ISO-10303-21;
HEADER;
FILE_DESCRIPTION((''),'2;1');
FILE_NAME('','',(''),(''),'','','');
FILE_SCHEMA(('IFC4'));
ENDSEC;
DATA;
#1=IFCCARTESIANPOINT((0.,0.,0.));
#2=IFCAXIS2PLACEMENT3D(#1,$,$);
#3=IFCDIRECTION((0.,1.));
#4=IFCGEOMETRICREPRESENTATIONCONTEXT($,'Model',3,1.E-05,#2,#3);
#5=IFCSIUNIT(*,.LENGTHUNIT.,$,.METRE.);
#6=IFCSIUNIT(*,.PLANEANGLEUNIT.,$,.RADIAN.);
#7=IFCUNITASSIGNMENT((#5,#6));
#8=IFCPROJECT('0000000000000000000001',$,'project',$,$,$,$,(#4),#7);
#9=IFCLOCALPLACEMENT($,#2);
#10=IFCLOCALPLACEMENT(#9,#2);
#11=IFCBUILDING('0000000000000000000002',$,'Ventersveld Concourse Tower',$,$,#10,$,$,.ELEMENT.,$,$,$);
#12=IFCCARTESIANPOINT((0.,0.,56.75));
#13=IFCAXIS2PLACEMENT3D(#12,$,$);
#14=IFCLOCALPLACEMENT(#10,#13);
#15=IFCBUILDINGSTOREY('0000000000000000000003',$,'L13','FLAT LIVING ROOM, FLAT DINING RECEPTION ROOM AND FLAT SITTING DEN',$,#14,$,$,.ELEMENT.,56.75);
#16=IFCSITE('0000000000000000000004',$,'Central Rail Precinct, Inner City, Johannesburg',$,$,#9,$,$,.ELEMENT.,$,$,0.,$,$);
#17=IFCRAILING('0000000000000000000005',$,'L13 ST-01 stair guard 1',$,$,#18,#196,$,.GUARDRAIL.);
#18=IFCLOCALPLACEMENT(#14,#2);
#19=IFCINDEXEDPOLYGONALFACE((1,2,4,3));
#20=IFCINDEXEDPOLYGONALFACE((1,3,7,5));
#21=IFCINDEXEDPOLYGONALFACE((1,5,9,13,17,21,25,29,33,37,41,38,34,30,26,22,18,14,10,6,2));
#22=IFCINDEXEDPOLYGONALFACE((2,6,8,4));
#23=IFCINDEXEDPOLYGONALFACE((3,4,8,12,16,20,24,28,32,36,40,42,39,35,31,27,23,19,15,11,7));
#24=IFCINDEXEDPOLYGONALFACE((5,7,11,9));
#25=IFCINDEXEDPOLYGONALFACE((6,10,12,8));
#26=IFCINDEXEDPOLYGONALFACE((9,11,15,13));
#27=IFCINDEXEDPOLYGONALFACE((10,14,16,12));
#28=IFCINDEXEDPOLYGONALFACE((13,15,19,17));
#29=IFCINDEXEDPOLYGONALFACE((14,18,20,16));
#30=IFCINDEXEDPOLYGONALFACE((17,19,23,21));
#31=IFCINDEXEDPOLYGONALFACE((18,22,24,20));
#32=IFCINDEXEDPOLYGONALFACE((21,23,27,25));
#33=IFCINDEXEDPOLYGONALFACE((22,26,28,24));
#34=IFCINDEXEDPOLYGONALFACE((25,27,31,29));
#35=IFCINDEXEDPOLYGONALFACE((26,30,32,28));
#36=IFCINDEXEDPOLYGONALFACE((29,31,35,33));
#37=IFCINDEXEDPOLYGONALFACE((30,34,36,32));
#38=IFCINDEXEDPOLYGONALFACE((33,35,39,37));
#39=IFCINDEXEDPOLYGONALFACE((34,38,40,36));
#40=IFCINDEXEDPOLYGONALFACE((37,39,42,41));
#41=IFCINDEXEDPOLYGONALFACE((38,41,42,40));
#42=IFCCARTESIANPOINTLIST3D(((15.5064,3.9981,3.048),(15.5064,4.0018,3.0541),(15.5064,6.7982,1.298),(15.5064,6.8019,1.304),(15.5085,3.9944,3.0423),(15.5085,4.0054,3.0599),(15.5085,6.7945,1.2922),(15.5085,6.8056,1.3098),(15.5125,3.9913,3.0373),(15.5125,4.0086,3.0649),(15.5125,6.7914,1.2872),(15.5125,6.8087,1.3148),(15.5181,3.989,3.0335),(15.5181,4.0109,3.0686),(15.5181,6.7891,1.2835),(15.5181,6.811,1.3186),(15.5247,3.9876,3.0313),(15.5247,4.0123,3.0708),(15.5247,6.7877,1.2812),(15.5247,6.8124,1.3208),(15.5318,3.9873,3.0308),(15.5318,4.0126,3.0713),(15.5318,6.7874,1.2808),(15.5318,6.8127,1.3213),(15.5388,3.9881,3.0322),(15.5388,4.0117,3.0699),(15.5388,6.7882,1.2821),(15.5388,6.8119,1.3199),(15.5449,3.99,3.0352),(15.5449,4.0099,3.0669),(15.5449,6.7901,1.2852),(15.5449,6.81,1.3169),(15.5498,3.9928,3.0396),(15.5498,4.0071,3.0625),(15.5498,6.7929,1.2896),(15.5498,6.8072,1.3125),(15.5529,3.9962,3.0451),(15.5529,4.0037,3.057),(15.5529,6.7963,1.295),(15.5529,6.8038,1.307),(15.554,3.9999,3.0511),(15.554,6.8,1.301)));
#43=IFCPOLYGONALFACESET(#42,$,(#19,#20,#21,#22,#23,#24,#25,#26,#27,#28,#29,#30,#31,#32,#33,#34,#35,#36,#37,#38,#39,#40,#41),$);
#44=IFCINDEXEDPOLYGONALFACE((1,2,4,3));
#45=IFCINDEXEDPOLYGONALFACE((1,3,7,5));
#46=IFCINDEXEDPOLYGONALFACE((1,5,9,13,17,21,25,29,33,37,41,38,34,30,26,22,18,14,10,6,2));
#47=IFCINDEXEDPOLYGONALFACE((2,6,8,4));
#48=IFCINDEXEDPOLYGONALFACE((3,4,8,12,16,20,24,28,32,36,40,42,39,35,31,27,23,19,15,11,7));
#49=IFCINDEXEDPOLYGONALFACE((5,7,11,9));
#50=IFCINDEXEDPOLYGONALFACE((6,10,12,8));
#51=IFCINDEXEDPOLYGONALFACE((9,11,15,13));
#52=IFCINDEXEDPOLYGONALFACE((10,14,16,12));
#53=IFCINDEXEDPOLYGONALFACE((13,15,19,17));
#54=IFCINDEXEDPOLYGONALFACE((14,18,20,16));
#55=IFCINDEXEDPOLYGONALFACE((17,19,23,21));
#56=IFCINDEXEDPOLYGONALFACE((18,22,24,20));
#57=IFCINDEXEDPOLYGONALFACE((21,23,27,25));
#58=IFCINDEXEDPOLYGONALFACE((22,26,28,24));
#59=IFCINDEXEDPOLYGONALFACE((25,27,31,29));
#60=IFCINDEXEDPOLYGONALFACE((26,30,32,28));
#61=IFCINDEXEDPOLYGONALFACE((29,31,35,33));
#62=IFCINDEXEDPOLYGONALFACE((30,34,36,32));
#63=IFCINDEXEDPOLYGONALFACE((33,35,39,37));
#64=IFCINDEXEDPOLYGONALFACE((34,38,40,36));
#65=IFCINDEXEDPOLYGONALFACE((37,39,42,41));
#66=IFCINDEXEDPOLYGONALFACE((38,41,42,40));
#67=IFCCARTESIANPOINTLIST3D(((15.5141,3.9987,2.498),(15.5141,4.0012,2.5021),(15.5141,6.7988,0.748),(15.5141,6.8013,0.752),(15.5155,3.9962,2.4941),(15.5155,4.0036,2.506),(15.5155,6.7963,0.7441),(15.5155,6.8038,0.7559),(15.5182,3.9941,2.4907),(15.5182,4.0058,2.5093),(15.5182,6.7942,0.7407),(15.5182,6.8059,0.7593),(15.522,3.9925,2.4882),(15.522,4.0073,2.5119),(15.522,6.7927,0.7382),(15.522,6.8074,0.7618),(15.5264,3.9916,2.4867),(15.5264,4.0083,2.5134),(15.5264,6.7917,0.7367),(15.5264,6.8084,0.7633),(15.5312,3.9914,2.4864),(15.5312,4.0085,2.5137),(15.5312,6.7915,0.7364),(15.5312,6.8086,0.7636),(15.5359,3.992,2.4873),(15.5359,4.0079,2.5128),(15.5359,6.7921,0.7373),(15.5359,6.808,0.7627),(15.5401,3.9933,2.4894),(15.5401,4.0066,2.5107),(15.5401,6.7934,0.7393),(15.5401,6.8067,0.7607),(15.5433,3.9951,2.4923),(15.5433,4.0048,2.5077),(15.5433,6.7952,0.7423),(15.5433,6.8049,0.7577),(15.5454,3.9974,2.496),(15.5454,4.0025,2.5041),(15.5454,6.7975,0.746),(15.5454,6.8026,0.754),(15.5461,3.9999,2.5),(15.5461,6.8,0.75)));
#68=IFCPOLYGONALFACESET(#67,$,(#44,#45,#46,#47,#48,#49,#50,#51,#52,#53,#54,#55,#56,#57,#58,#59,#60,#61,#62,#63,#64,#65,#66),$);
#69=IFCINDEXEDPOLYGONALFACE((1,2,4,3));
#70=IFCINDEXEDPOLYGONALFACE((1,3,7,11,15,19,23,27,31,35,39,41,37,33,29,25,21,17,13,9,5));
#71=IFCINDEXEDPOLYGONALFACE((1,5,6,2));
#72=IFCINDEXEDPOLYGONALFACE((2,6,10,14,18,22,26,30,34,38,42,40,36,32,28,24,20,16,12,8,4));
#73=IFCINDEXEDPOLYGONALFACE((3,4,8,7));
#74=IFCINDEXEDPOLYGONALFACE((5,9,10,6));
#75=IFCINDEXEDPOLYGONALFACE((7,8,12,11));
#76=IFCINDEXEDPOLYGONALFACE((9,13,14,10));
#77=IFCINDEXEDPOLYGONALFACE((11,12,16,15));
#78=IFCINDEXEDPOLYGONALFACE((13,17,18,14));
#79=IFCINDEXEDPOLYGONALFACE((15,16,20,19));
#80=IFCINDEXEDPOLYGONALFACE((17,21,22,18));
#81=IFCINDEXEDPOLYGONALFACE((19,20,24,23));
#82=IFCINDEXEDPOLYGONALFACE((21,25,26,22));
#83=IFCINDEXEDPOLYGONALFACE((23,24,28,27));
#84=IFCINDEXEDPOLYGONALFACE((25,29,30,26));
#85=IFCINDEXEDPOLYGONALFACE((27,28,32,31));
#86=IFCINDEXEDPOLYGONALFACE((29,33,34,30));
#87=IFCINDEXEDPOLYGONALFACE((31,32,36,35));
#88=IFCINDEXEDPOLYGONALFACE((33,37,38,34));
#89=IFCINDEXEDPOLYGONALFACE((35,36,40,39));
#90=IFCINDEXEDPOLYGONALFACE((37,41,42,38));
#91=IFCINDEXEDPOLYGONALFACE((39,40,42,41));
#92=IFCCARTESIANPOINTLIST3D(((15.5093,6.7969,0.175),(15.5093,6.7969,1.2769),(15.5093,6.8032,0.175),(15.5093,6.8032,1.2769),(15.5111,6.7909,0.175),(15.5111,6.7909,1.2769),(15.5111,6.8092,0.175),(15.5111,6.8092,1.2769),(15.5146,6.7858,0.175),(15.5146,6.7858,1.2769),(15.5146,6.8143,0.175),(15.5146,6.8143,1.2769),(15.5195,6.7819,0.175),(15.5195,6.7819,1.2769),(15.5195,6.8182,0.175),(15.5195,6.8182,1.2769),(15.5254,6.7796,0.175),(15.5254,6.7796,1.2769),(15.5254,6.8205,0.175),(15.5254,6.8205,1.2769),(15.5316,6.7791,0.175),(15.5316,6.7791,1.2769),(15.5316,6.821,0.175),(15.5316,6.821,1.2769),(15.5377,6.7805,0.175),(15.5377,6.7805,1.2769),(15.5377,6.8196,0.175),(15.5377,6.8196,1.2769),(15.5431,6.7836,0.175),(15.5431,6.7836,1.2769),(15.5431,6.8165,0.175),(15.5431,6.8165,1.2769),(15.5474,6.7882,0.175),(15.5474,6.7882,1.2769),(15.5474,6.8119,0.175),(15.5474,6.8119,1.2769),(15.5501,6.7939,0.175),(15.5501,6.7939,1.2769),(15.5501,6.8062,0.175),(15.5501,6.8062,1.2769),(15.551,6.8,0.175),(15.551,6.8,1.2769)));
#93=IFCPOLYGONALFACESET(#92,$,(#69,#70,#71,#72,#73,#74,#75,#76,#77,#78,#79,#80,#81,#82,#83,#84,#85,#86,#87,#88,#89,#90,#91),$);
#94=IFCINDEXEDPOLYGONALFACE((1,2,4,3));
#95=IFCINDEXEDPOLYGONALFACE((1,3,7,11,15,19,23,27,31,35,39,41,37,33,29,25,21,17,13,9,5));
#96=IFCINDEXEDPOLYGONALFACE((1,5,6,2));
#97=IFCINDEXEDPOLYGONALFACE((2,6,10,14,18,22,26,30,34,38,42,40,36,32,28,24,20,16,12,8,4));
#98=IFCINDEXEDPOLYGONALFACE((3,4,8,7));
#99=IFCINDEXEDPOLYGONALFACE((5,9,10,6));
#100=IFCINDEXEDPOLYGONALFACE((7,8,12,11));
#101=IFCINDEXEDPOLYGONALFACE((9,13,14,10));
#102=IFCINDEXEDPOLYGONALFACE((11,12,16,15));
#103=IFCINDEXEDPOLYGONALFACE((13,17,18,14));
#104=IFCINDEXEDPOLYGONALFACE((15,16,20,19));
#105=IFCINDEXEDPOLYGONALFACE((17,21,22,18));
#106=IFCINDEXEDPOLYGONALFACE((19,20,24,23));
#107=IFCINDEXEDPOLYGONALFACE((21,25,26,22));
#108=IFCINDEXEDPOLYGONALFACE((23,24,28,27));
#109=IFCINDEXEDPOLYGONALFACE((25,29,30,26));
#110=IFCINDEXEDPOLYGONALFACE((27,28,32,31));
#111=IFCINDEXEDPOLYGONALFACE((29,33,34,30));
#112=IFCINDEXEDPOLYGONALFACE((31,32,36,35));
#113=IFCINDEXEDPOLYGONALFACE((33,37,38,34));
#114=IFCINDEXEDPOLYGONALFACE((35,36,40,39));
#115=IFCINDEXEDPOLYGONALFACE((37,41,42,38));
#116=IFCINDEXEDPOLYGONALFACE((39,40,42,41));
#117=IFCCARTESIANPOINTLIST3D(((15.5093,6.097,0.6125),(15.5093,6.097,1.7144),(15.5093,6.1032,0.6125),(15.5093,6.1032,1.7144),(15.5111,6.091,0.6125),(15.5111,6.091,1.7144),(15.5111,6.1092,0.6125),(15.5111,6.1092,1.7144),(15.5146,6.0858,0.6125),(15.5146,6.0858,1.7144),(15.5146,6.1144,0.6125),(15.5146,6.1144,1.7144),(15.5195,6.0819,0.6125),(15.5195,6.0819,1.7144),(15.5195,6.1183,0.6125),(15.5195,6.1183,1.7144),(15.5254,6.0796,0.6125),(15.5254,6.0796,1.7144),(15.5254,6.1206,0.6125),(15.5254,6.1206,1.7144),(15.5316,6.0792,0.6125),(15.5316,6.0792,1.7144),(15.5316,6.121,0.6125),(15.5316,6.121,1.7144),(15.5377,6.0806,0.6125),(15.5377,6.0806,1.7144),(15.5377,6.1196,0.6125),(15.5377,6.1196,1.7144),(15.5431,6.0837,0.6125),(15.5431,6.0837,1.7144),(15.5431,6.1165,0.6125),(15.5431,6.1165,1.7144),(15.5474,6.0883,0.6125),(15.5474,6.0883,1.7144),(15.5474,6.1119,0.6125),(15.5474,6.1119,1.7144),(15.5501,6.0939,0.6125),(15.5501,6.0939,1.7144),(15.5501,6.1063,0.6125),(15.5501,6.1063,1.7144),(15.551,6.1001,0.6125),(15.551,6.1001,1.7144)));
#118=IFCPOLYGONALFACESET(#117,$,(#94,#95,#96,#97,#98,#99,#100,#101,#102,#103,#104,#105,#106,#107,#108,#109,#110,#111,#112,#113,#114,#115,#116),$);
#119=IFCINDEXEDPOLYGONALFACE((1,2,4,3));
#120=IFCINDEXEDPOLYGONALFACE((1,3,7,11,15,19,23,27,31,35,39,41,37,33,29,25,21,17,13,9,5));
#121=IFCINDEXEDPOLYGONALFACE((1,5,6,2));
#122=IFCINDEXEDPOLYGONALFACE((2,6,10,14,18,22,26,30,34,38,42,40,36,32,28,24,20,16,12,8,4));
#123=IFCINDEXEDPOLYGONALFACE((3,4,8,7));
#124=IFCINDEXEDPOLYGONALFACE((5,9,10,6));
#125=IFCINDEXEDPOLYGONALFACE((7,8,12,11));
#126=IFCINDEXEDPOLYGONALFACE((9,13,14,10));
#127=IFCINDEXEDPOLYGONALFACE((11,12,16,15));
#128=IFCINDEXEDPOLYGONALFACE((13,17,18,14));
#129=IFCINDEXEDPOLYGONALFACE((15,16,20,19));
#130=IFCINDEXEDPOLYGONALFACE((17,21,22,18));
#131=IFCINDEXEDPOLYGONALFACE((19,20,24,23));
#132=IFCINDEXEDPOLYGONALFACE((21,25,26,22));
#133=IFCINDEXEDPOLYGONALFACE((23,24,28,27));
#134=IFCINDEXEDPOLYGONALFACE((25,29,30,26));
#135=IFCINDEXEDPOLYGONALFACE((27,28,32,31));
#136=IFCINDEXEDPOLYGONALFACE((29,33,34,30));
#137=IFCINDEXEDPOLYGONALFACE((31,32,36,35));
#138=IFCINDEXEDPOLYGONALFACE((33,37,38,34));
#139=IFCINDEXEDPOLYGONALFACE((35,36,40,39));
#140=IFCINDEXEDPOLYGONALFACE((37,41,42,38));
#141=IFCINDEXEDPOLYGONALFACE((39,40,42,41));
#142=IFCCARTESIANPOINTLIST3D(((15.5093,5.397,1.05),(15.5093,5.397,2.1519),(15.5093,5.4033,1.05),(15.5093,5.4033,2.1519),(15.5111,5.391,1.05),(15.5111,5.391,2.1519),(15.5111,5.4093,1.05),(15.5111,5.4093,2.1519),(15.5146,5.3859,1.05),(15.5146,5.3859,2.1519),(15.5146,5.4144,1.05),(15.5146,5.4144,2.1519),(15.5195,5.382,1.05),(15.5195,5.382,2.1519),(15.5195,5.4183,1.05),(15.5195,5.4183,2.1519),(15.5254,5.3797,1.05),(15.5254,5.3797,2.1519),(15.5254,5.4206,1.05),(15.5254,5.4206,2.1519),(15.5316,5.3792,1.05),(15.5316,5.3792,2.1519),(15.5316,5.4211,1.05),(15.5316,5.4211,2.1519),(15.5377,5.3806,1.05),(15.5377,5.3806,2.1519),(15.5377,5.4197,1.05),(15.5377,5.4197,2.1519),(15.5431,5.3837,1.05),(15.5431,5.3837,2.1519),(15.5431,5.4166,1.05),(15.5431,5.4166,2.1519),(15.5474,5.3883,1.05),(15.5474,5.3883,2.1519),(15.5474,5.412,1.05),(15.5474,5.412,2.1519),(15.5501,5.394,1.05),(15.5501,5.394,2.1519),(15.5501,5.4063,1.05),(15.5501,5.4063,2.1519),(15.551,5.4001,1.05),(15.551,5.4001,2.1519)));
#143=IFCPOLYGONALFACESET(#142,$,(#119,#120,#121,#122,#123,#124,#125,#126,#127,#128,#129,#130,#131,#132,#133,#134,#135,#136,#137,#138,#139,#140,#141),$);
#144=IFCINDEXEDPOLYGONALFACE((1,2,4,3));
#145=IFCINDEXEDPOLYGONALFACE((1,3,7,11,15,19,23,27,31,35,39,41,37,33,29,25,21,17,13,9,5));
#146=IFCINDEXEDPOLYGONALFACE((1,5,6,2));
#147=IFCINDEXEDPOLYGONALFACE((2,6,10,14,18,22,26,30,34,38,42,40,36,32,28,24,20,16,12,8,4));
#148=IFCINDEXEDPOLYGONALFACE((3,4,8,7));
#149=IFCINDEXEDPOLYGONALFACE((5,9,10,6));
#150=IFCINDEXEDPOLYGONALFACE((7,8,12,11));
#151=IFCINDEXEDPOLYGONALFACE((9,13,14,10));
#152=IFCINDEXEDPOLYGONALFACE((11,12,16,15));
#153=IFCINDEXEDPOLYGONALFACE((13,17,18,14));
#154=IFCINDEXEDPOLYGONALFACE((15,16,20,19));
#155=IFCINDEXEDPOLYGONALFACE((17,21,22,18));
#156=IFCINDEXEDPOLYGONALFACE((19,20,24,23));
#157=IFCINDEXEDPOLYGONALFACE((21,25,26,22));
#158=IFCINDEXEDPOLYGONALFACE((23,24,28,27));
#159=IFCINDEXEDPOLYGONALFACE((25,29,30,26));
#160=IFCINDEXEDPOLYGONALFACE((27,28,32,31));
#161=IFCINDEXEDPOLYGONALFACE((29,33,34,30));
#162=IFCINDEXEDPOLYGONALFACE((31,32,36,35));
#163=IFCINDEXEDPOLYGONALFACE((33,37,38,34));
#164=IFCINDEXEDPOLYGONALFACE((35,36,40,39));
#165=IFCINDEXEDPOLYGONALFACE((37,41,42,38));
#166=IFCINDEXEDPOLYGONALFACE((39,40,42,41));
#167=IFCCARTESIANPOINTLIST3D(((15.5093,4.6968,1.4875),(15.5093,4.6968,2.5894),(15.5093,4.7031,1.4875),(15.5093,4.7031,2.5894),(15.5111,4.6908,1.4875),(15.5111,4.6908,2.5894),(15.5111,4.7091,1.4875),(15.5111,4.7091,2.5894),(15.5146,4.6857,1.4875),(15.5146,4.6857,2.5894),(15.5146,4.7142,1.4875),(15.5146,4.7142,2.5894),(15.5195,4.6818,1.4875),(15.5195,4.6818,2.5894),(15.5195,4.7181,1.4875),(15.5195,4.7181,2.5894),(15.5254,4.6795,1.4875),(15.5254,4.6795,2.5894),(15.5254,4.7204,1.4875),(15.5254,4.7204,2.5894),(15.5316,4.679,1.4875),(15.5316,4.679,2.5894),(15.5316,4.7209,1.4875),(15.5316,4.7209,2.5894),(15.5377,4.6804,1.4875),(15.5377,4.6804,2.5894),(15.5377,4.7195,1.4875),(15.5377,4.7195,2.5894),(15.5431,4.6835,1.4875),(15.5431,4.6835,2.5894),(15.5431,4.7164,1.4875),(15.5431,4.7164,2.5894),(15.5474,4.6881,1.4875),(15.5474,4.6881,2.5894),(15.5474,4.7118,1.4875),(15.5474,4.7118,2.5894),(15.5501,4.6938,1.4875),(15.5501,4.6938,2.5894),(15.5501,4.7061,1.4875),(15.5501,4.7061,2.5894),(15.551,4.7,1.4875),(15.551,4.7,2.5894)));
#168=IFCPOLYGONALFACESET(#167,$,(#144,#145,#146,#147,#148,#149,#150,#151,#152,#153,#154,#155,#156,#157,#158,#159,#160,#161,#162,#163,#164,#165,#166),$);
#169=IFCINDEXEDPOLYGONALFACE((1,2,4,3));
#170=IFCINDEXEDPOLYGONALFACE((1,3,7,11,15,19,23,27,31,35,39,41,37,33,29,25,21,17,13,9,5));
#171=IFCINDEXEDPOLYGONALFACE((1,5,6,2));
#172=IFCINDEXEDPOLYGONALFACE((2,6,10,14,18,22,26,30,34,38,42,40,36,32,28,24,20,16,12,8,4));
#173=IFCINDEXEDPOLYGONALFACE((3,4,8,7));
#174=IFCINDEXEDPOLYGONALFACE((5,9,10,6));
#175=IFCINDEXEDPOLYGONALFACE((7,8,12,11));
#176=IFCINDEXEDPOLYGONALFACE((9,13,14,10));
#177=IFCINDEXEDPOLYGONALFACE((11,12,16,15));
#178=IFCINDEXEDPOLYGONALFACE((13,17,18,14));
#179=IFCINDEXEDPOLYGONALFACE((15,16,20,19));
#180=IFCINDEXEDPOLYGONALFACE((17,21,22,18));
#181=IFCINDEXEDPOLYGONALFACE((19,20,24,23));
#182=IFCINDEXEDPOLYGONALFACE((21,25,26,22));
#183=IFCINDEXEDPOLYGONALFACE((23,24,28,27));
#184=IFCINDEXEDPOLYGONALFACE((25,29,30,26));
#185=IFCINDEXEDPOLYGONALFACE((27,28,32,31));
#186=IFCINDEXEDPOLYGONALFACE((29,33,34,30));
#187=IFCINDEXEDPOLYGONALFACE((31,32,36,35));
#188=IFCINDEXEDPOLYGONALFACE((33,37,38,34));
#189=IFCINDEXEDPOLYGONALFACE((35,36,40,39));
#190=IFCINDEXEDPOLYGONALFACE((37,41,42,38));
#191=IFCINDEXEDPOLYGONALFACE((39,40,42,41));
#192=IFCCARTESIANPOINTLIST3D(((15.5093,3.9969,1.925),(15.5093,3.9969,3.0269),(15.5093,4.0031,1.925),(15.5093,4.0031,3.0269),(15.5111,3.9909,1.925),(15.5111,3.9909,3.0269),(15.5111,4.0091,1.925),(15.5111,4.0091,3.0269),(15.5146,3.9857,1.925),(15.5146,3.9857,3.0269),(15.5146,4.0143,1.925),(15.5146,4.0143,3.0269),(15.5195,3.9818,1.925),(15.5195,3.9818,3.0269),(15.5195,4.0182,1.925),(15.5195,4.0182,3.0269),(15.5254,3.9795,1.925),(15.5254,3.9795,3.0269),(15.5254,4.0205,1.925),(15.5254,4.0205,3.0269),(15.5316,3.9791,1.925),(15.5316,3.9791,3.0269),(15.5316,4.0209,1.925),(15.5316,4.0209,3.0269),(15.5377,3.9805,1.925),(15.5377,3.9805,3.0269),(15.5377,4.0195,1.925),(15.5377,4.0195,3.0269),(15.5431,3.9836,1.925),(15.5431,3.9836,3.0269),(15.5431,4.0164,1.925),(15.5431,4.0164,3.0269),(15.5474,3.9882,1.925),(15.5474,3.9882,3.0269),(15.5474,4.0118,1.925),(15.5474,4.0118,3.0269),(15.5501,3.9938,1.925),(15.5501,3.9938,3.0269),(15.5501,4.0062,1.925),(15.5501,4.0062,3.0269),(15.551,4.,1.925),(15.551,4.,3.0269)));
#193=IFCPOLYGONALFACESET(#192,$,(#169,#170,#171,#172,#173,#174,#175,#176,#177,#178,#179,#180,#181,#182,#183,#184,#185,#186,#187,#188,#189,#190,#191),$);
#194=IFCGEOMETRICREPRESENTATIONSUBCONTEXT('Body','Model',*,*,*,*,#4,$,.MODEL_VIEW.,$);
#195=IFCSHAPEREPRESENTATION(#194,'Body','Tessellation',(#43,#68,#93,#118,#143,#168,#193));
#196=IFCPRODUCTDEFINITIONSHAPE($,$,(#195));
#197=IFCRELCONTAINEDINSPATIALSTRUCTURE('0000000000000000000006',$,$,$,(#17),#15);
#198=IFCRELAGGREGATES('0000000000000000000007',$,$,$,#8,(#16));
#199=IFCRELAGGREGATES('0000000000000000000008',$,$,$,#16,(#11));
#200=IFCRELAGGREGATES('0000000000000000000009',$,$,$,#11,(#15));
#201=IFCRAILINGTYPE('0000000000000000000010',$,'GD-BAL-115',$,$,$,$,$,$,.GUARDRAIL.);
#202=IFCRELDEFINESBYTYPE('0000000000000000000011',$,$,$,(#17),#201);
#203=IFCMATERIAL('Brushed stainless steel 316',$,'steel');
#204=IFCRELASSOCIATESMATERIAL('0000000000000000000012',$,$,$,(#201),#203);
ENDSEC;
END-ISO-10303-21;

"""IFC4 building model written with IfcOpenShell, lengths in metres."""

from ifc_helpers import new_model, si_unit, direction, frame, origin, origin_2d, place, context, subcontext, project, spatial, circle, extrude, material, type_object, element, save


model = new_model("IFC4")

# Units and contexts
model_context = context("Model", 3, precision=1e-05, world=origin(), true_north=direction((0.0, 1.0)))
body_context = subcontext(model_context, "Body", "Model", "MODEL_VIEW")
ifc_project = project(units=[si_unit("LENGTHUNIT", "METRE"), si_unit("PLANEANGLEUNIT", "RADIAN")], contexts=[model_context])

# Site, building, storey
site_placement = place(None, origin())
site = spatial("IfcSite", under=ifc_project, at=site_placement, Name="Central Rail Precinct, Inner City, Johannesburg", CompositionType="ELEMENT", RefElevation=0.0)
building_placement = place(site_placement, origin())
building = spatial("IfcBuilding", under=site, at=building_placement, Name="Ventersveld Concourse Tower", CompositionType="ELEMENT")
storey_placement = place(building_placement, frame((0.0, 0.0, 56.75)))
storey = spatial("IfcBuildingStorey", under=building, at=storey_placement, Name="L13", Description="FLAT LIVING ROOM, FLAT DINING RECEPTION ROOM AND FLAT SITTING DEN", CompositionType="ELEMENT", Elevation=56.75)

# Shared definitions
ifc_material_1 = material(Name="Brushed stainless steel 316", Category="steel")

# Railing
railing_type = type_object("IfcRailingType", Name="GD-BAL-115", PredefinedType="GUARDRAIL", material=ifc_material_1)
railing_1_placement = place(storey_placement, frame((15.53, 6.8, 0.175)))
element("IfcRailing", 1, at=railing_1_placement, inside=storey, type_object=railing_type, Name="L13 ST-01 stair guard 1", PredefinedType="GUARDRAIL", context=body_context, shape_type="SweptSolid", body=[
    extrude(circle(Radius=0.0239, at=origin_2d()), frame((0.0, 0.0, 1.126), z_axis=(0.0, -0.848002, 0.529992), x_axis=(1.0, 0.0, 0.0)), (0.0, 0.0, 1.0), 3.302),
    extrude(circle(Radius=0.0161, at=origin_2d()), frame((0.0, 0.0, 0.575), z_axis=(0.0, -0.848002, 0.529992), x_axis=(1.0, 0.0, 0.0)), (0.0, 0.0, 1.0), 3.302),
    extrude(circle(Radius=0.021, at=origin_2d()), origin(), (0.0, 0.0, 1.0), 1.1018),
    extrude(circle(Radius=0.021, at=origin_2d()), frame((0.0, -0.7, 0.4375)), (0.0, 0.0, 1.0), 1.1018),
    extrude(circle(Radius=0.021, at=origin_2d()), frame((0.0, -1.3999, 0.875)), (0.0, 0.0, 1.0), 1.1018),
    extrude(circle(Radius=0.021, at=origin_2d()), frame((0.0, -2.1001, 1.3125)), (0.0, 0.0, 1.0), 1.1018),
    extrude(circle(Radius=0.021, at=origin_2d()), frame((0.0, -2.8, 1.75)), (0.0, 0.0, 1.0), 1.1018),
])

save(model, "model.ifc")
